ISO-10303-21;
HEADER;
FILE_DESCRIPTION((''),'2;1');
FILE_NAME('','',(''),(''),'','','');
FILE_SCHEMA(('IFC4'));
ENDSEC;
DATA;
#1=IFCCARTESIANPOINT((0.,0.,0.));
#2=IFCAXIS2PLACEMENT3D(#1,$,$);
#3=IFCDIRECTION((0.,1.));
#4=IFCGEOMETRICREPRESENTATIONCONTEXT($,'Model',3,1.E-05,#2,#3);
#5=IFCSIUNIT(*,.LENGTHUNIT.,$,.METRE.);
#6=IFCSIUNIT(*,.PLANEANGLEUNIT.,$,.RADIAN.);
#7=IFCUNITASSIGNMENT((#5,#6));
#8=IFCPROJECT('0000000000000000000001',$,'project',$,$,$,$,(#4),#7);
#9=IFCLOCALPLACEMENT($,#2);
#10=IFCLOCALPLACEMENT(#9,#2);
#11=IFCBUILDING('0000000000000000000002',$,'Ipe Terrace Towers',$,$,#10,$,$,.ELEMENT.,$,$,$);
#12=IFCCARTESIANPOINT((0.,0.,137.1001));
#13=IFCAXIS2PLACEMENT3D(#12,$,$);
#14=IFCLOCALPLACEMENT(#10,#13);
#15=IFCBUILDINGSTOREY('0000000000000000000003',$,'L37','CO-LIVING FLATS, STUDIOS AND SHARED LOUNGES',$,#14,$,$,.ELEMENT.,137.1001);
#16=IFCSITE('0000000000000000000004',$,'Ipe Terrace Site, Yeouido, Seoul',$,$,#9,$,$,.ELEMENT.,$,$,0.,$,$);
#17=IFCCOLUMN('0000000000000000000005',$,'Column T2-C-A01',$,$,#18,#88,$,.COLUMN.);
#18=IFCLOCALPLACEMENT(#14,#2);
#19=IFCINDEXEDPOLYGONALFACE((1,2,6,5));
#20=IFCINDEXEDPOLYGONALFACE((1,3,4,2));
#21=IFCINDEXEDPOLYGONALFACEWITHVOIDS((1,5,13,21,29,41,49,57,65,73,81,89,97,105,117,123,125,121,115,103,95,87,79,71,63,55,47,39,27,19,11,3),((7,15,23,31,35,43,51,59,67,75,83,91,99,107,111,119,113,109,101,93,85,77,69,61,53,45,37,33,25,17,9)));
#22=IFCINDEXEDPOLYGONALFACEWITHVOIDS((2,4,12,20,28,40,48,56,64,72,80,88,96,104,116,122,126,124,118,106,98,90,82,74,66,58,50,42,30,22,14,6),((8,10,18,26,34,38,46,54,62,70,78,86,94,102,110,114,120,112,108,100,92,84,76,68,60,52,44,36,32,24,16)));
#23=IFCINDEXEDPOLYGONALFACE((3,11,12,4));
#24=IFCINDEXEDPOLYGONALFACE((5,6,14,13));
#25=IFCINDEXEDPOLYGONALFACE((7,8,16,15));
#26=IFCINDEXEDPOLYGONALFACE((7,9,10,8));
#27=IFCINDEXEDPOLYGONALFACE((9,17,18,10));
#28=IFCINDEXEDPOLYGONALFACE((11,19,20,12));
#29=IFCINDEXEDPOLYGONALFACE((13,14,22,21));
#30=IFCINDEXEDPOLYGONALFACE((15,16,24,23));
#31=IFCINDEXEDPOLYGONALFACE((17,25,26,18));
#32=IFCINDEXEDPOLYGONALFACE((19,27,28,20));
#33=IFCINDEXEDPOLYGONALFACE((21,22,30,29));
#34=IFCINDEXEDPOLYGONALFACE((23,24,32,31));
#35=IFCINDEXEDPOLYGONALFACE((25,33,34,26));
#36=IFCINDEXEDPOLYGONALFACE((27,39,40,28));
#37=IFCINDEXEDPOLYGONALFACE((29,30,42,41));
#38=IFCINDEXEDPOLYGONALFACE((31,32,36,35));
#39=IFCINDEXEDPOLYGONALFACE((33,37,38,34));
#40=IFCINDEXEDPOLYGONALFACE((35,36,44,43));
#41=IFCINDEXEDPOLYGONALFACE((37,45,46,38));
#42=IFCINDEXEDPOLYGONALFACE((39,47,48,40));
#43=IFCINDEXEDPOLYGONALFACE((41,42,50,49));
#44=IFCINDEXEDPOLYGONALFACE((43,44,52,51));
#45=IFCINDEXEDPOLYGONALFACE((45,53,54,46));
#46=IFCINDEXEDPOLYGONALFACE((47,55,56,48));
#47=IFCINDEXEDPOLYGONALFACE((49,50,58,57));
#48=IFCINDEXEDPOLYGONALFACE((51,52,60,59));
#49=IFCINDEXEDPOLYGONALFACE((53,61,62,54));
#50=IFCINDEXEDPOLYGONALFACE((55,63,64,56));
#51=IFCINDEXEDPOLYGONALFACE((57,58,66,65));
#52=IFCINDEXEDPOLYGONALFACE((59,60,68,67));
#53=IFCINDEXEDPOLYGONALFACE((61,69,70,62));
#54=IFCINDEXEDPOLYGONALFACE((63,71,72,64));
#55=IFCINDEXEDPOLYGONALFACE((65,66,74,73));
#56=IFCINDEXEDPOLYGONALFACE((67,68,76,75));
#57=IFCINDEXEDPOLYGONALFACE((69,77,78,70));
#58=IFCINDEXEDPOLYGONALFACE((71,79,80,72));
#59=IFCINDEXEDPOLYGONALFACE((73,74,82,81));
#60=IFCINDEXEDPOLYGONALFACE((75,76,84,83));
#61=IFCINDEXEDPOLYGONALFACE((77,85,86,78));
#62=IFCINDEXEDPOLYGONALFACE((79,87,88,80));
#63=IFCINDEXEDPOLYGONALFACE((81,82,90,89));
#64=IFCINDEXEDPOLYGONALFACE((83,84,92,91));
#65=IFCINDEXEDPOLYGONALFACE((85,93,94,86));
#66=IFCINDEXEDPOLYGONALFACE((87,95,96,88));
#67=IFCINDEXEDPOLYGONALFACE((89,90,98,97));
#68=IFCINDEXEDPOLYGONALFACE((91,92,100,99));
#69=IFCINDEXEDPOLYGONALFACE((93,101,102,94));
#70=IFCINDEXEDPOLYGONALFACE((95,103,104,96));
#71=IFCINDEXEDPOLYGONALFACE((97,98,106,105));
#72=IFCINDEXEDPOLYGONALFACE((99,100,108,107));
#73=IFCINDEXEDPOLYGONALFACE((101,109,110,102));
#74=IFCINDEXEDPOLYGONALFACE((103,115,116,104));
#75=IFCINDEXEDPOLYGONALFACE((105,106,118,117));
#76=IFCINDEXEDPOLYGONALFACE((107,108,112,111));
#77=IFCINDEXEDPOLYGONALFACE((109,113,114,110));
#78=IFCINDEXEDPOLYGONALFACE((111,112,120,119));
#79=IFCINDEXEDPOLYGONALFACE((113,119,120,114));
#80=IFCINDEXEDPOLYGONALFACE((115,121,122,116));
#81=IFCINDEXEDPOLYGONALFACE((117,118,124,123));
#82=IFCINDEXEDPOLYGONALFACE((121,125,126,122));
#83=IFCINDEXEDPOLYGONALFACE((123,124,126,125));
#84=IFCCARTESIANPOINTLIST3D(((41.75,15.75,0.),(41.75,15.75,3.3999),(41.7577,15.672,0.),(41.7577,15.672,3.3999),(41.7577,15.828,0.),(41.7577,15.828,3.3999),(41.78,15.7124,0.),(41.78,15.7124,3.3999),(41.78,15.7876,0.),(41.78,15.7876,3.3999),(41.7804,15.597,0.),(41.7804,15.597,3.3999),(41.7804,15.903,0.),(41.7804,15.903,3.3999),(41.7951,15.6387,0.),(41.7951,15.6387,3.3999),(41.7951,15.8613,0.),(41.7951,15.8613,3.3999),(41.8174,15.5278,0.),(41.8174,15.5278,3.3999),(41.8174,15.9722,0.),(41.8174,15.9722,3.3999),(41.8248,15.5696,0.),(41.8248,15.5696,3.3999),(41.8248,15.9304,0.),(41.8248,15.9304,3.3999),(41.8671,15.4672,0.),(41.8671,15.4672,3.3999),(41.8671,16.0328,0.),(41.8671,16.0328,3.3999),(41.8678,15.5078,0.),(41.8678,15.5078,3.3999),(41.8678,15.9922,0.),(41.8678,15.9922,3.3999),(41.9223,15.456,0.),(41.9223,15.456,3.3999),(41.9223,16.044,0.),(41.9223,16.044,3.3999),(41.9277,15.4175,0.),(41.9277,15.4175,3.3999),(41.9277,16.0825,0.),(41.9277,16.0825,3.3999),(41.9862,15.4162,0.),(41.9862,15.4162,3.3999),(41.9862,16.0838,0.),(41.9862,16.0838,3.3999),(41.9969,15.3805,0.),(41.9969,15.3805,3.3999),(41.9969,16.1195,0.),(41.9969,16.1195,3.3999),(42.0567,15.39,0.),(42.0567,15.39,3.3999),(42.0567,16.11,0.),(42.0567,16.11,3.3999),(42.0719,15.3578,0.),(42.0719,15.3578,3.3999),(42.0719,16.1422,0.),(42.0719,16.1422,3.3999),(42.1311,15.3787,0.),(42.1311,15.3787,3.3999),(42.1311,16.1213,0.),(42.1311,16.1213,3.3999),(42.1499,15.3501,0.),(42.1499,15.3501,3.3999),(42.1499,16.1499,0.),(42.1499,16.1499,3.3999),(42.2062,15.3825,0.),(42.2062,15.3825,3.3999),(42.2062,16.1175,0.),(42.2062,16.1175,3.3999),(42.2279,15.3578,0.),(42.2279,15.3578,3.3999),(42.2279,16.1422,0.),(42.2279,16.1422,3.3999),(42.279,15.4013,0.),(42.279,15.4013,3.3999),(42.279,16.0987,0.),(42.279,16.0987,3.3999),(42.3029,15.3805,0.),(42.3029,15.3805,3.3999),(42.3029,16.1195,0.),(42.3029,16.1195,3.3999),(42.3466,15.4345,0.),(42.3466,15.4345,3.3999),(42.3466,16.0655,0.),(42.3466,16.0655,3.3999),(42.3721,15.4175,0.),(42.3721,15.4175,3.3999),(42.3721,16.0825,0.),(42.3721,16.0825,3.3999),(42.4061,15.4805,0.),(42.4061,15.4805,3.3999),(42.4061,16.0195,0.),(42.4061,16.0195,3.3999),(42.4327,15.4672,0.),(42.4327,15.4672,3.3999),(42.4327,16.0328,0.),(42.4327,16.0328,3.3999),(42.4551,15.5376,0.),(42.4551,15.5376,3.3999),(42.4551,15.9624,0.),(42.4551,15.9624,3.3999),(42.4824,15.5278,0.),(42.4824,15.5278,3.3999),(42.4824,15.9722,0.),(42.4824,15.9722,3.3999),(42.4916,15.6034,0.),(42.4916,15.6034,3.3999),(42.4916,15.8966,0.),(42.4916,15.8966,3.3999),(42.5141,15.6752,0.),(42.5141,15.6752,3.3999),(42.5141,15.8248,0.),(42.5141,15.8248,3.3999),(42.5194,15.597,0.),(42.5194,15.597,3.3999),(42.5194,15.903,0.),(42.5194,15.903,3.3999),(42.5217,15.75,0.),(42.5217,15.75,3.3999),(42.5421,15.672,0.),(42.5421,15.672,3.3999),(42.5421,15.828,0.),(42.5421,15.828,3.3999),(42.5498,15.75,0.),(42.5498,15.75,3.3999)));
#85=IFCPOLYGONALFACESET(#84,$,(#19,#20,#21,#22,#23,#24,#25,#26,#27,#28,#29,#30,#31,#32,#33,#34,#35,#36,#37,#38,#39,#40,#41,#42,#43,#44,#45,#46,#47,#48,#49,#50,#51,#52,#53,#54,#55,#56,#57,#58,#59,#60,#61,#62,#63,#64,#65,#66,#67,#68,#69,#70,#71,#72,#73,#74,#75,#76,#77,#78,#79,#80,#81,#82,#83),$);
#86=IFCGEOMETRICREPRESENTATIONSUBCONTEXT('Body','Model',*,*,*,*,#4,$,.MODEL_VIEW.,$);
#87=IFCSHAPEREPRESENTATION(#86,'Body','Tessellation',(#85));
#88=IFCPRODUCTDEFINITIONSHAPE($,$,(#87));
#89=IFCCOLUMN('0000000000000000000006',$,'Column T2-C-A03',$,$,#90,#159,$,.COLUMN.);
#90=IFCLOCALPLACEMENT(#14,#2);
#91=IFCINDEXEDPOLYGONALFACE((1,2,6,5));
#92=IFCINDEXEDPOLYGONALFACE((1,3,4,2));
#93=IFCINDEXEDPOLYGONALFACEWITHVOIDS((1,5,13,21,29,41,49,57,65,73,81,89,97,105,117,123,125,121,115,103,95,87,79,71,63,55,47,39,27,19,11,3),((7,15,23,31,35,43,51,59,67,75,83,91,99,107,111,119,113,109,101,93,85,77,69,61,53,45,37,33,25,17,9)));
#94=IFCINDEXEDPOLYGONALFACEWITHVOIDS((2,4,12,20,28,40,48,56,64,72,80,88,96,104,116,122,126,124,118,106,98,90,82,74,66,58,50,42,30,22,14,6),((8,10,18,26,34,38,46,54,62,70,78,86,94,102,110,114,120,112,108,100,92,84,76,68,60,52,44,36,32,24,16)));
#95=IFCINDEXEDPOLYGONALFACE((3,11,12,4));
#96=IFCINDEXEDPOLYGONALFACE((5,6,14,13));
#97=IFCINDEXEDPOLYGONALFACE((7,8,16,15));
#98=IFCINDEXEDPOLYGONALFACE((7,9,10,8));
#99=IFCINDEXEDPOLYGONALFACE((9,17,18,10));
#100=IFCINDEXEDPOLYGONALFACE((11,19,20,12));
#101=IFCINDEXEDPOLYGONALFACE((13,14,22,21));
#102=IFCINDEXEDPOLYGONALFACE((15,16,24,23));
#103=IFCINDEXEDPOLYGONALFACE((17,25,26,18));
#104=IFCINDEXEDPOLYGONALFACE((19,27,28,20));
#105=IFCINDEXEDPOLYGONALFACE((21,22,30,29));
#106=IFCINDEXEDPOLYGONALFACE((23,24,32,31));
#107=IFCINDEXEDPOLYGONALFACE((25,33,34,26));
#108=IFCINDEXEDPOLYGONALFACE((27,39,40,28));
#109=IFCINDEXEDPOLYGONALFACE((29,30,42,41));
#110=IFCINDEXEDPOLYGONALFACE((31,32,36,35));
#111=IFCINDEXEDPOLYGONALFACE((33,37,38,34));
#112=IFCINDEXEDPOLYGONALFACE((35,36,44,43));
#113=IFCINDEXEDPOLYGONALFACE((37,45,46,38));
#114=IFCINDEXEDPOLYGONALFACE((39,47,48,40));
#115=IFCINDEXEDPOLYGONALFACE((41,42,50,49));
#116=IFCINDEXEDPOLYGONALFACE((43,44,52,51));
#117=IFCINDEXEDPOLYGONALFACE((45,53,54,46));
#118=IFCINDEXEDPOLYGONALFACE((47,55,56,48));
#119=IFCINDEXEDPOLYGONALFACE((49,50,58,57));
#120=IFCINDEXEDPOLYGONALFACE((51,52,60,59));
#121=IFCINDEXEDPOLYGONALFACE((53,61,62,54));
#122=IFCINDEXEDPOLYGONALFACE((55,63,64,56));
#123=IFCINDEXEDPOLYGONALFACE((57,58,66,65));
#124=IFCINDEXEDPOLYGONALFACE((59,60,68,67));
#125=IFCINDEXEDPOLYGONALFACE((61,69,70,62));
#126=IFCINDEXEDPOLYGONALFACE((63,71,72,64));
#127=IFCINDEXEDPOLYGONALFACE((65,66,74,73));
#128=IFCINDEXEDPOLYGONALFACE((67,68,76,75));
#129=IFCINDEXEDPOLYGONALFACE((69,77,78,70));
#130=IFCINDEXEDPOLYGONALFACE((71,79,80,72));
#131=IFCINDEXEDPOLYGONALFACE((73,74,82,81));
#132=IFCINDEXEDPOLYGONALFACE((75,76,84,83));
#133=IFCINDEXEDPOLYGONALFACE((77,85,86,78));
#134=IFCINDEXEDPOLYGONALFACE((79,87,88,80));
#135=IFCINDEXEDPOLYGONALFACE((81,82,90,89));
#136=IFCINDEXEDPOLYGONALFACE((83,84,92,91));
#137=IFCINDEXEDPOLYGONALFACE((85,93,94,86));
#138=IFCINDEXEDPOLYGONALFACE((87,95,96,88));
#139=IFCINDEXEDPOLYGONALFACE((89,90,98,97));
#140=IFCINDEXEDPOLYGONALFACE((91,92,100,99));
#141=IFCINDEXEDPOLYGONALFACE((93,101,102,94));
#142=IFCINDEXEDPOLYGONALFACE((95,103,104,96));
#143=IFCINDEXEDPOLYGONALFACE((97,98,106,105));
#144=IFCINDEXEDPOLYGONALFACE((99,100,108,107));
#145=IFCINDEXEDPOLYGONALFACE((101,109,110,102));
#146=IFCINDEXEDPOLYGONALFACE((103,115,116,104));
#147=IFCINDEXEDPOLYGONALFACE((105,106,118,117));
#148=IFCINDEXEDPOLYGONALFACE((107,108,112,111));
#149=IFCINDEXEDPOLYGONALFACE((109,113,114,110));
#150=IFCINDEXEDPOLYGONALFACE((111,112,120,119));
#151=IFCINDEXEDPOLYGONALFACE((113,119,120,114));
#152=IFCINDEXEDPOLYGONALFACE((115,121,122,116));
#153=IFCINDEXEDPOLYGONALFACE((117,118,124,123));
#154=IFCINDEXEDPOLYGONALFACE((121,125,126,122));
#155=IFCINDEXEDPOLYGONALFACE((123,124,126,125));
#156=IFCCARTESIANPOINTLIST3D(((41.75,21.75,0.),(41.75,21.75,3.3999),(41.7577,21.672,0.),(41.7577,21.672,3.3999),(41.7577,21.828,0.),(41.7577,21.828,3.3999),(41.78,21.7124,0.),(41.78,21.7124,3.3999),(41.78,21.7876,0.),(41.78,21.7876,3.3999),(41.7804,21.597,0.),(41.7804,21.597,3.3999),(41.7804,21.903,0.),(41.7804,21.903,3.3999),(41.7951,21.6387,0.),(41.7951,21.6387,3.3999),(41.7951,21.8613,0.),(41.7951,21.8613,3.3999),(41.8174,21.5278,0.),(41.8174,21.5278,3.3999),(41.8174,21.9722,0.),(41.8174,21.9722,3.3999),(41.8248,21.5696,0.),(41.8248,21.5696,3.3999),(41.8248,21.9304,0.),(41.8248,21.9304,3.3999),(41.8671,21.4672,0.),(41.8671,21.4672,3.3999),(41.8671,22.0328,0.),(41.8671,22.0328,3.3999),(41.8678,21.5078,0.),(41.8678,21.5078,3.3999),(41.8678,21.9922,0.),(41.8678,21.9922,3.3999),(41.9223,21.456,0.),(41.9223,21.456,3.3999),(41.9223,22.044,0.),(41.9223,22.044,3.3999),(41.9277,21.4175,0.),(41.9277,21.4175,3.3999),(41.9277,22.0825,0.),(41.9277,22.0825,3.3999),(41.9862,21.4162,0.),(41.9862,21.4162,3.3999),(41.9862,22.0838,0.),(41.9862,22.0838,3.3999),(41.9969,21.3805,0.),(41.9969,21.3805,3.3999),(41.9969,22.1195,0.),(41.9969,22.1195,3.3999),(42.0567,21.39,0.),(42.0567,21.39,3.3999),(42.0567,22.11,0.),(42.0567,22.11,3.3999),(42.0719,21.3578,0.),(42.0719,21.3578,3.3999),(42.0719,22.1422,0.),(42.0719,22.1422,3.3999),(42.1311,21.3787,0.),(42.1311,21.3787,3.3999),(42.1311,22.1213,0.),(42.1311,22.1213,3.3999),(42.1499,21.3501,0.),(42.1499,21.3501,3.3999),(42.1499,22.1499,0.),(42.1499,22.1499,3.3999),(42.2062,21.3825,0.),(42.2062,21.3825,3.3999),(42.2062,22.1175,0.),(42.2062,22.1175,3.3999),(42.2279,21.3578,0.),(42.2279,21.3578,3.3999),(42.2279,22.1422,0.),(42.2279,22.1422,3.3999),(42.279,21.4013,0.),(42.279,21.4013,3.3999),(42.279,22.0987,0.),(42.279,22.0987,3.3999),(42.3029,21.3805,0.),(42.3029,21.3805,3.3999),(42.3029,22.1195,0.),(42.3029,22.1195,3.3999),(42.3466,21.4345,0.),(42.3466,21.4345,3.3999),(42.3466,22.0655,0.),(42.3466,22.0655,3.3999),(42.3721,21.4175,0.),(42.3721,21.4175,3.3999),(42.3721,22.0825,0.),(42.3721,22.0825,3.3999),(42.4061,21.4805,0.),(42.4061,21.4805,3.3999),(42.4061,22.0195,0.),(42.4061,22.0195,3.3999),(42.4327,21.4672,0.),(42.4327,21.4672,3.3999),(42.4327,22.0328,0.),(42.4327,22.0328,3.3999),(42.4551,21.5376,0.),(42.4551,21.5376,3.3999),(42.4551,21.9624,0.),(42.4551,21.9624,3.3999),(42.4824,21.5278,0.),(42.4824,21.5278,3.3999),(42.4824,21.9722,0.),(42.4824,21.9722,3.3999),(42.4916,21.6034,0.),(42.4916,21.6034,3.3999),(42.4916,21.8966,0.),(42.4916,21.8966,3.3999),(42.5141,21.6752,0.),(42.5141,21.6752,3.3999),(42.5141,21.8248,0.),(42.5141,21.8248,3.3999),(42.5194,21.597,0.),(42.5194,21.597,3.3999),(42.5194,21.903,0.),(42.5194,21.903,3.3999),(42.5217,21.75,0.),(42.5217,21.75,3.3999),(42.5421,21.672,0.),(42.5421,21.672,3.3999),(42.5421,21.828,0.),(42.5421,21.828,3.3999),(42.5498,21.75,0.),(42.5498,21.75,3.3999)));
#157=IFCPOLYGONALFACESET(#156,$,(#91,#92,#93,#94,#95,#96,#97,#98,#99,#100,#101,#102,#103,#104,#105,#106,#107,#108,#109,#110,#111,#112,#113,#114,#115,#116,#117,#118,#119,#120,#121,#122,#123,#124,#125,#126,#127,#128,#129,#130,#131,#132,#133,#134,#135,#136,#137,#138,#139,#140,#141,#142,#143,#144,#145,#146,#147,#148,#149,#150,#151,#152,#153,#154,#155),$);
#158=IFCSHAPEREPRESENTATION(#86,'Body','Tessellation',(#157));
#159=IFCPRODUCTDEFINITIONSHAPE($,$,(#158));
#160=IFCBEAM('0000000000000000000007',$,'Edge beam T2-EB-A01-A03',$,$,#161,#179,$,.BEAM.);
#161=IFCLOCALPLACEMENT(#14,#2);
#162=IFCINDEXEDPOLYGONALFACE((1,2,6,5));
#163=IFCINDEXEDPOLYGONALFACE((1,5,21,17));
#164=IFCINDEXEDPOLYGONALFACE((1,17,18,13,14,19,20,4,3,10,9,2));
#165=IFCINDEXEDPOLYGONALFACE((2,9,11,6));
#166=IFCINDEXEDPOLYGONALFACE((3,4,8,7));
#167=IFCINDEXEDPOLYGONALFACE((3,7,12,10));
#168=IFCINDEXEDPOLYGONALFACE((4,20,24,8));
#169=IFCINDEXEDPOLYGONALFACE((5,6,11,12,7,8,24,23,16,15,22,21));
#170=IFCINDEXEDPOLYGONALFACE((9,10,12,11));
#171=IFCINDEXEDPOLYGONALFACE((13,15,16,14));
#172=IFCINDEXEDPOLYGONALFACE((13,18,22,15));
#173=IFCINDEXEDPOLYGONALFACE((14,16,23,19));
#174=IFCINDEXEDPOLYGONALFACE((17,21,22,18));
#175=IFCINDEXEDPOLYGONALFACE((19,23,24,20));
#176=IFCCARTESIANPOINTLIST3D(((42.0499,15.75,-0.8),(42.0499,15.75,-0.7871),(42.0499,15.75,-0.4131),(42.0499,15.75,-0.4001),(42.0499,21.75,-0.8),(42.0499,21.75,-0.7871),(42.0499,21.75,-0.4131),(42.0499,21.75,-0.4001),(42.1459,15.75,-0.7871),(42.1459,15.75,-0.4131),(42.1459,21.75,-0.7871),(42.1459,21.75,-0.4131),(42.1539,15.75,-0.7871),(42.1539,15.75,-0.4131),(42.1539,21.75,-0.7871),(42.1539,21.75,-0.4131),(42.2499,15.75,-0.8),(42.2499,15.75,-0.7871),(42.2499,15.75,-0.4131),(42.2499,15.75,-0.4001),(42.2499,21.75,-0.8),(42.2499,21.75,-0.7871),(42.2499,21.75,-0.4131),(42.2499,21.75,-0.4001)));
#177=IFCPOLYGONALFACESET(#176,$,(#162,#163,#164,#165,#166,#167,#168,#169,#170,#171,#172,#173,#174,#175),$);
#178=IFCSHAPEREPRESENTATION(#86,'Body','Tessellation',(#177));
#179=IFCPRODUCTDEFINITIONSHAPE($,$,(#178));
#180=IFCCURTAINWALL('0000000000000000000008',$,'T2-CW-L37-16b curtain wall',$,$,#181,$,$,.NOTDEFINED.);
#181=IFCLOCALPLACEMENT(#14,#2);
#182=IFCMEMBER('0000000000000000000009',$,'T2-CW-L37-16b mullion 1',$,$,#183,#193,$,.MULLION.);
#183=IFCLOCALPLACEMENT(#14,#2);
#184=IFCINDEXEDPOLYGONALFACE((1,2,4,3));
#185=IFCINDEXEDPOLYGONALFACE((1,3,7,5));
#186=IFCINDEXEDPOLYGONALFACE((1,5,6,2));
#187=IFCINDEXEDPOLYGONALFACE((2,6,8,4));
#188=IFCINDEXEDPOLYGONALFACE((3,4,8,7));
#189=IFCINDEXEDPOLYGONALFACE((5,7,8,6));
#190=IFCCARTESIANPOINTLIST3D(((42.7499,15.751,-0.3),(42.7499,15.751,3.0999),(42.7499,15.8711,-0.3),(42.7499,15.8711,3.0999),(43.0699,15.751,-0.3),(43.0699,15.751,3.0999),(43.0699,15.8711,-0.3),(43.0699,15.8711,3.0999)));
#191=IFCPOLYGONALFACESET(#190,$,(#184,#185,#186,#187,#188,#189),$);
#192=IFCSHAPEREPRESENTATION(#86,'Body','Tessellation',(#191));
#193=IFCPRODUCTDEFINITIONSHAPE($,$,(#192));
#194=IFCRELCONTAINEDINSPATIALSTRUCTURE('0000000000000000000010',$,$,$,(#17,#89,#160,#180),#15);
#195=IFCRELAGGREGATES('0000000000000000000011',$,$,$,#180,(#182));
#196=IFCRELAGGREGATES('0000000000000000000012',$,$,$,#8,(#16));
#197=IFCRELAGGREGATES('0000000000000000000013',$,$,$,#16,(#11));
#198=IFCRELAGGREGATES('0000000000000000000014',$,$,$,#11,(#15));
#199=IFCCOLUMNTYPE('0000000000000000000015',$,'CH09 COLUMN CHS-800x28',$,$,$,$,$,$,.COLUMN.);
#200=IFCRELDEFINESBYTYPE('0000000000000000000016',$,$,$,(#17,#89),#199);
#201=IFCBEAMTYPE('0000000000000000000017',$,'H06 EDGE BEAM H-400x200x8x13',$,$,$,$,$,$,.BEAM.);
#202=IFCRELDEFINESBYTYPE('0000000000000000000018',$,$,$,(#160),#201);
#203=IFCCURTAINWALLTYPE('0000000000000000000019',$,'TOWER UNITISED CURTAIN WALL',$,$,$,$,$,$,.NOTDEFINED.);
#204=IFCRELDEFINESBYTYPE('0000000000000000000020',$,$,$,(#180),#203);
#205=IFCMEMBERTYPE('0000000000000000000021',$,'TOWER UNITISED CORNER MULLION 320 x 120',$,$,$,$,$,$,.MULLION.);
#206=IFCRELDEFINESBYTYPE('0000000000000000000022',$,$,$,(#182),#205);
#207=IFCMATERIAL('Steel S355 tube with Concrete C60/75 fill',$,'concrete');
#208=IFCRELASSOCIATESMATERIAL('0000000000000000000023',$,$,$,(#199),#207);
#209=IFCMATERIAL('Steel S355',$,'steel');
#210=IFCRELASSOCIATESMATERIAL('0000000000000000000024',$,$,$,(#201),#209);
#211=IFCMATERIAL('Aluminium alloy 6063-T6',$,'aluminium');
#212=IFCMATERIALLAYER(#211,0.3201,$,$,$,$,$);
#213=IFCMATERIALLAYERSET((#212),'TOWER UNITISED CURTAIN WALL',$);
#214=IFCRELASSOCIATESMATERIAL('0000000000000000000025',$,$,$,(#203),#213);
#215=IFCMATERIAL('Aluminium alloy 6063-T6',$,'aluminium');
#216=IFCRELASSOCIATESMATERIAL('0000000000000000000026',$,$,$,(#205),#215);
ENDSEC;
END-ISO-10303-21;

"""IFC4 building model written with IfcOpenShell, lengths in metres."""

from ifc_helpers import new_model, si_unit, direction, frame, origin, origin_2d, place, context, subcontext, project, spatial, rectangle, hollow_circle, i_section, extrude, material, layer, layer_set, material_profile, profile_set, type_object, element, aggregate, save


model = new_model("IFC4")

# Units and contexts
model_context = context("Model", 3, precision=1e-05, world=origin(), true_north=direction((0.0, 1.0)))
body_context = subcontext(model_context, "Body", "Model", "MODEL_VIEW")
ifc_project = project(units=[si_unit("LENGTHUNIT", "METRE"), si_unit("PLANEANGLEUNIT", "RADIAN")], contexts=[model_context])

# Site, building, storey
site_placement = place(None, origin())
site = spatial("IfcSite", under=ifc_project, at=site_placement, Name="Ipe Terrace Site, Yeouido, Seoul", CompositionType="ELEMENT", RefElevation=0.0)
building_placement = place(site_placement, origin())
building = spatial("IfcBuilding", under=site, at=building_placement, Name="Ipe Terrace Towers", CompositionType="ELEMENT")
storey_placement = place(building_placement, frame((0.0, 0.0, 137.1001)))
storey = spatial("IfcBuildingStorey", under=building, at=storey_placement, Name="L37", Description="CO-LIVING FLATS, STUDIOS AND SHARED LOUNGES", CompositionType="ELEMENT", Elevation=137.1001)

# Columns
ifc_material_1 = material(Name="Steel S355 tube with Concrete C60/75 fill", Category="concrete")
ifc_material_profile_1 = material_profile(ifc_material_1, hollow_circle(Radius=0.3999, WallThickness=0.0281, at=origin_2d()), Name="CHS-800x28")
ifc_profile_set_1 = profile_set([ifc_material_profile_1], Name="Steel S355 tube with Concrete C60/75 fill")
column_type = type_object("IfcColumnType", Name="CH09 COLUMN CHS-800x28", PredefinedType="COLUMN", material=ifc_profile_set_1)
for number, where, z_axis, x_axis, name in (
    (1, (42.1499, 15.75, 0.0), (0.0, 0.0, 1.0), (1.0, 0.0, 0.0), "Column T2-C-A01"),
    (2, (42.1499, 21.75, 0.0), (0.0, 0.0, 1.0), (1.0, 0.0, 0.0), "Column T2-C-A03"),
):
    element("IfcColumn", number, at=place(storey_placement, frame(where, z_axis=z_axis, x_axis=x_axis)), inside=storey, type_object=column_type, Name=name, PredefinedType="COLUMN", context=body_context, shape_type="SweptSolid", body=[
        extrude(hollow_circle(Radius=0.3999, WallThickness=0.0281, at=origin_2d()), origin(), (0.0, 0.0, 1.0), 3.3999),
    ])

# Beam
ifc_material_2 = material(Name="Steel S355", Category="steel")
ifc_material_profile_2 = material_profile(ifc_material_2, i_section(OverallWidth=0.2, OverallDepth=0.3999, WebThickness=0.0081, FlangeThickness=0.0129, at=origin_2d()), Name="H-400x200x8x13")
ifc_profile_set_2 = profile_set([ifc_material_profile_2], Name="Steel S355")
beam_type = type_object("IfcBeamType", Name="H06 EDGE BEAM H-400x200x8x13", PredefinedType="BEAM", material=ifc_profile_set_2)
beam_placement = place(storey_placement, frame((42.1499, 15.75, -0.6001), z_axis=(0.0, 1.0, 0.0), x_axis=(-1.0, 0.0, 0.0)))
element("IfcBeam", 3, at=beam_placement, inside=storey, type_object=beam_type, Name="Edge beam T2-EB-A01-A03", PredefinedType="BEAM", context=body_context, shape_type="SweptSolid", body=[
    extrude(i_section(OverallWidth=0.2, OverallDepth=0.3999, WebThickness=0.0081, FlangeThickness=0.0129, at=origin_2d()), origin(), (0.0, 0.0, 1.0), 6.0),
])

# Curtain wall, member
ifc_material_3 = material(Name="Aluminium alloy 6063-T6", Category="aluminium")
ifc_layer_1 = layer(ifc_material_3, 0.3201)
ifc_layer_set_1 = layer_set([ifc_layer_1], Name="TOWER UNITISED CURTAIN WALL")
curtain_wall_type = type_object("IfcCurtainWallType", Name="TOWER UNITISED CURTAIN WALL", PredefinedType="NOTDEFINED", material=ifc_layer_set_1)
curtain_wall_1_placement = place(storey_placement, origin())
curtain_wall_1 = element("IfcCurtainWall", 4, at=curtain_wall_1_placement, inside=storey, type_object=curtain_wall_type, Name="T2-CW-L37-16b curtain wall", PredefinedType="NOTDEFINED")
ifc_material_4 = material(Name="Aluminium alloy 6063-T6", Category="aluminium")
ifc_material_profile_3 = material_profile(ifc_material_4, rectangle(XDim=0.3201, YDim=0.1201, at=origin_2d()), Name="TOWER UNITISED CORNER MULLION 320 x 120")
ifc_profile_set_3 = profile_set([ifc_material_profile_3], Name="Aluminium alloy 6063-T6")
member_type_1 = type_object("IfcMemberType", Name="TOWER UNITISED CORNER MULLION 320 x 120", PredefinedType="MULLION", material=ifc_profile_set_3)
member_1_placement = place(storey_placement, frame((42.9099, 15.811, -0.3), z_axis=(0.0, 0.0, 1.0), x_axis=(1.0, 0.0, 0.0)))
member_1 = element("IfcMember", 5, at=member_1_placement, type_object=member_type_1, Name="T2-CW-L37-16b mullion 1", PredefinedType="MULLION", context=body_context, shape_type="SweptSolid", body=[
    extrude(rectangle(XDim=0.3201, YDim=0.1201, at=origin_2d()), origin(), (0.0, 0.0, 1.0), 3.3999),
])

aggregate(curtain_wall_1, [member_1])

save(model, "model.ifc")
